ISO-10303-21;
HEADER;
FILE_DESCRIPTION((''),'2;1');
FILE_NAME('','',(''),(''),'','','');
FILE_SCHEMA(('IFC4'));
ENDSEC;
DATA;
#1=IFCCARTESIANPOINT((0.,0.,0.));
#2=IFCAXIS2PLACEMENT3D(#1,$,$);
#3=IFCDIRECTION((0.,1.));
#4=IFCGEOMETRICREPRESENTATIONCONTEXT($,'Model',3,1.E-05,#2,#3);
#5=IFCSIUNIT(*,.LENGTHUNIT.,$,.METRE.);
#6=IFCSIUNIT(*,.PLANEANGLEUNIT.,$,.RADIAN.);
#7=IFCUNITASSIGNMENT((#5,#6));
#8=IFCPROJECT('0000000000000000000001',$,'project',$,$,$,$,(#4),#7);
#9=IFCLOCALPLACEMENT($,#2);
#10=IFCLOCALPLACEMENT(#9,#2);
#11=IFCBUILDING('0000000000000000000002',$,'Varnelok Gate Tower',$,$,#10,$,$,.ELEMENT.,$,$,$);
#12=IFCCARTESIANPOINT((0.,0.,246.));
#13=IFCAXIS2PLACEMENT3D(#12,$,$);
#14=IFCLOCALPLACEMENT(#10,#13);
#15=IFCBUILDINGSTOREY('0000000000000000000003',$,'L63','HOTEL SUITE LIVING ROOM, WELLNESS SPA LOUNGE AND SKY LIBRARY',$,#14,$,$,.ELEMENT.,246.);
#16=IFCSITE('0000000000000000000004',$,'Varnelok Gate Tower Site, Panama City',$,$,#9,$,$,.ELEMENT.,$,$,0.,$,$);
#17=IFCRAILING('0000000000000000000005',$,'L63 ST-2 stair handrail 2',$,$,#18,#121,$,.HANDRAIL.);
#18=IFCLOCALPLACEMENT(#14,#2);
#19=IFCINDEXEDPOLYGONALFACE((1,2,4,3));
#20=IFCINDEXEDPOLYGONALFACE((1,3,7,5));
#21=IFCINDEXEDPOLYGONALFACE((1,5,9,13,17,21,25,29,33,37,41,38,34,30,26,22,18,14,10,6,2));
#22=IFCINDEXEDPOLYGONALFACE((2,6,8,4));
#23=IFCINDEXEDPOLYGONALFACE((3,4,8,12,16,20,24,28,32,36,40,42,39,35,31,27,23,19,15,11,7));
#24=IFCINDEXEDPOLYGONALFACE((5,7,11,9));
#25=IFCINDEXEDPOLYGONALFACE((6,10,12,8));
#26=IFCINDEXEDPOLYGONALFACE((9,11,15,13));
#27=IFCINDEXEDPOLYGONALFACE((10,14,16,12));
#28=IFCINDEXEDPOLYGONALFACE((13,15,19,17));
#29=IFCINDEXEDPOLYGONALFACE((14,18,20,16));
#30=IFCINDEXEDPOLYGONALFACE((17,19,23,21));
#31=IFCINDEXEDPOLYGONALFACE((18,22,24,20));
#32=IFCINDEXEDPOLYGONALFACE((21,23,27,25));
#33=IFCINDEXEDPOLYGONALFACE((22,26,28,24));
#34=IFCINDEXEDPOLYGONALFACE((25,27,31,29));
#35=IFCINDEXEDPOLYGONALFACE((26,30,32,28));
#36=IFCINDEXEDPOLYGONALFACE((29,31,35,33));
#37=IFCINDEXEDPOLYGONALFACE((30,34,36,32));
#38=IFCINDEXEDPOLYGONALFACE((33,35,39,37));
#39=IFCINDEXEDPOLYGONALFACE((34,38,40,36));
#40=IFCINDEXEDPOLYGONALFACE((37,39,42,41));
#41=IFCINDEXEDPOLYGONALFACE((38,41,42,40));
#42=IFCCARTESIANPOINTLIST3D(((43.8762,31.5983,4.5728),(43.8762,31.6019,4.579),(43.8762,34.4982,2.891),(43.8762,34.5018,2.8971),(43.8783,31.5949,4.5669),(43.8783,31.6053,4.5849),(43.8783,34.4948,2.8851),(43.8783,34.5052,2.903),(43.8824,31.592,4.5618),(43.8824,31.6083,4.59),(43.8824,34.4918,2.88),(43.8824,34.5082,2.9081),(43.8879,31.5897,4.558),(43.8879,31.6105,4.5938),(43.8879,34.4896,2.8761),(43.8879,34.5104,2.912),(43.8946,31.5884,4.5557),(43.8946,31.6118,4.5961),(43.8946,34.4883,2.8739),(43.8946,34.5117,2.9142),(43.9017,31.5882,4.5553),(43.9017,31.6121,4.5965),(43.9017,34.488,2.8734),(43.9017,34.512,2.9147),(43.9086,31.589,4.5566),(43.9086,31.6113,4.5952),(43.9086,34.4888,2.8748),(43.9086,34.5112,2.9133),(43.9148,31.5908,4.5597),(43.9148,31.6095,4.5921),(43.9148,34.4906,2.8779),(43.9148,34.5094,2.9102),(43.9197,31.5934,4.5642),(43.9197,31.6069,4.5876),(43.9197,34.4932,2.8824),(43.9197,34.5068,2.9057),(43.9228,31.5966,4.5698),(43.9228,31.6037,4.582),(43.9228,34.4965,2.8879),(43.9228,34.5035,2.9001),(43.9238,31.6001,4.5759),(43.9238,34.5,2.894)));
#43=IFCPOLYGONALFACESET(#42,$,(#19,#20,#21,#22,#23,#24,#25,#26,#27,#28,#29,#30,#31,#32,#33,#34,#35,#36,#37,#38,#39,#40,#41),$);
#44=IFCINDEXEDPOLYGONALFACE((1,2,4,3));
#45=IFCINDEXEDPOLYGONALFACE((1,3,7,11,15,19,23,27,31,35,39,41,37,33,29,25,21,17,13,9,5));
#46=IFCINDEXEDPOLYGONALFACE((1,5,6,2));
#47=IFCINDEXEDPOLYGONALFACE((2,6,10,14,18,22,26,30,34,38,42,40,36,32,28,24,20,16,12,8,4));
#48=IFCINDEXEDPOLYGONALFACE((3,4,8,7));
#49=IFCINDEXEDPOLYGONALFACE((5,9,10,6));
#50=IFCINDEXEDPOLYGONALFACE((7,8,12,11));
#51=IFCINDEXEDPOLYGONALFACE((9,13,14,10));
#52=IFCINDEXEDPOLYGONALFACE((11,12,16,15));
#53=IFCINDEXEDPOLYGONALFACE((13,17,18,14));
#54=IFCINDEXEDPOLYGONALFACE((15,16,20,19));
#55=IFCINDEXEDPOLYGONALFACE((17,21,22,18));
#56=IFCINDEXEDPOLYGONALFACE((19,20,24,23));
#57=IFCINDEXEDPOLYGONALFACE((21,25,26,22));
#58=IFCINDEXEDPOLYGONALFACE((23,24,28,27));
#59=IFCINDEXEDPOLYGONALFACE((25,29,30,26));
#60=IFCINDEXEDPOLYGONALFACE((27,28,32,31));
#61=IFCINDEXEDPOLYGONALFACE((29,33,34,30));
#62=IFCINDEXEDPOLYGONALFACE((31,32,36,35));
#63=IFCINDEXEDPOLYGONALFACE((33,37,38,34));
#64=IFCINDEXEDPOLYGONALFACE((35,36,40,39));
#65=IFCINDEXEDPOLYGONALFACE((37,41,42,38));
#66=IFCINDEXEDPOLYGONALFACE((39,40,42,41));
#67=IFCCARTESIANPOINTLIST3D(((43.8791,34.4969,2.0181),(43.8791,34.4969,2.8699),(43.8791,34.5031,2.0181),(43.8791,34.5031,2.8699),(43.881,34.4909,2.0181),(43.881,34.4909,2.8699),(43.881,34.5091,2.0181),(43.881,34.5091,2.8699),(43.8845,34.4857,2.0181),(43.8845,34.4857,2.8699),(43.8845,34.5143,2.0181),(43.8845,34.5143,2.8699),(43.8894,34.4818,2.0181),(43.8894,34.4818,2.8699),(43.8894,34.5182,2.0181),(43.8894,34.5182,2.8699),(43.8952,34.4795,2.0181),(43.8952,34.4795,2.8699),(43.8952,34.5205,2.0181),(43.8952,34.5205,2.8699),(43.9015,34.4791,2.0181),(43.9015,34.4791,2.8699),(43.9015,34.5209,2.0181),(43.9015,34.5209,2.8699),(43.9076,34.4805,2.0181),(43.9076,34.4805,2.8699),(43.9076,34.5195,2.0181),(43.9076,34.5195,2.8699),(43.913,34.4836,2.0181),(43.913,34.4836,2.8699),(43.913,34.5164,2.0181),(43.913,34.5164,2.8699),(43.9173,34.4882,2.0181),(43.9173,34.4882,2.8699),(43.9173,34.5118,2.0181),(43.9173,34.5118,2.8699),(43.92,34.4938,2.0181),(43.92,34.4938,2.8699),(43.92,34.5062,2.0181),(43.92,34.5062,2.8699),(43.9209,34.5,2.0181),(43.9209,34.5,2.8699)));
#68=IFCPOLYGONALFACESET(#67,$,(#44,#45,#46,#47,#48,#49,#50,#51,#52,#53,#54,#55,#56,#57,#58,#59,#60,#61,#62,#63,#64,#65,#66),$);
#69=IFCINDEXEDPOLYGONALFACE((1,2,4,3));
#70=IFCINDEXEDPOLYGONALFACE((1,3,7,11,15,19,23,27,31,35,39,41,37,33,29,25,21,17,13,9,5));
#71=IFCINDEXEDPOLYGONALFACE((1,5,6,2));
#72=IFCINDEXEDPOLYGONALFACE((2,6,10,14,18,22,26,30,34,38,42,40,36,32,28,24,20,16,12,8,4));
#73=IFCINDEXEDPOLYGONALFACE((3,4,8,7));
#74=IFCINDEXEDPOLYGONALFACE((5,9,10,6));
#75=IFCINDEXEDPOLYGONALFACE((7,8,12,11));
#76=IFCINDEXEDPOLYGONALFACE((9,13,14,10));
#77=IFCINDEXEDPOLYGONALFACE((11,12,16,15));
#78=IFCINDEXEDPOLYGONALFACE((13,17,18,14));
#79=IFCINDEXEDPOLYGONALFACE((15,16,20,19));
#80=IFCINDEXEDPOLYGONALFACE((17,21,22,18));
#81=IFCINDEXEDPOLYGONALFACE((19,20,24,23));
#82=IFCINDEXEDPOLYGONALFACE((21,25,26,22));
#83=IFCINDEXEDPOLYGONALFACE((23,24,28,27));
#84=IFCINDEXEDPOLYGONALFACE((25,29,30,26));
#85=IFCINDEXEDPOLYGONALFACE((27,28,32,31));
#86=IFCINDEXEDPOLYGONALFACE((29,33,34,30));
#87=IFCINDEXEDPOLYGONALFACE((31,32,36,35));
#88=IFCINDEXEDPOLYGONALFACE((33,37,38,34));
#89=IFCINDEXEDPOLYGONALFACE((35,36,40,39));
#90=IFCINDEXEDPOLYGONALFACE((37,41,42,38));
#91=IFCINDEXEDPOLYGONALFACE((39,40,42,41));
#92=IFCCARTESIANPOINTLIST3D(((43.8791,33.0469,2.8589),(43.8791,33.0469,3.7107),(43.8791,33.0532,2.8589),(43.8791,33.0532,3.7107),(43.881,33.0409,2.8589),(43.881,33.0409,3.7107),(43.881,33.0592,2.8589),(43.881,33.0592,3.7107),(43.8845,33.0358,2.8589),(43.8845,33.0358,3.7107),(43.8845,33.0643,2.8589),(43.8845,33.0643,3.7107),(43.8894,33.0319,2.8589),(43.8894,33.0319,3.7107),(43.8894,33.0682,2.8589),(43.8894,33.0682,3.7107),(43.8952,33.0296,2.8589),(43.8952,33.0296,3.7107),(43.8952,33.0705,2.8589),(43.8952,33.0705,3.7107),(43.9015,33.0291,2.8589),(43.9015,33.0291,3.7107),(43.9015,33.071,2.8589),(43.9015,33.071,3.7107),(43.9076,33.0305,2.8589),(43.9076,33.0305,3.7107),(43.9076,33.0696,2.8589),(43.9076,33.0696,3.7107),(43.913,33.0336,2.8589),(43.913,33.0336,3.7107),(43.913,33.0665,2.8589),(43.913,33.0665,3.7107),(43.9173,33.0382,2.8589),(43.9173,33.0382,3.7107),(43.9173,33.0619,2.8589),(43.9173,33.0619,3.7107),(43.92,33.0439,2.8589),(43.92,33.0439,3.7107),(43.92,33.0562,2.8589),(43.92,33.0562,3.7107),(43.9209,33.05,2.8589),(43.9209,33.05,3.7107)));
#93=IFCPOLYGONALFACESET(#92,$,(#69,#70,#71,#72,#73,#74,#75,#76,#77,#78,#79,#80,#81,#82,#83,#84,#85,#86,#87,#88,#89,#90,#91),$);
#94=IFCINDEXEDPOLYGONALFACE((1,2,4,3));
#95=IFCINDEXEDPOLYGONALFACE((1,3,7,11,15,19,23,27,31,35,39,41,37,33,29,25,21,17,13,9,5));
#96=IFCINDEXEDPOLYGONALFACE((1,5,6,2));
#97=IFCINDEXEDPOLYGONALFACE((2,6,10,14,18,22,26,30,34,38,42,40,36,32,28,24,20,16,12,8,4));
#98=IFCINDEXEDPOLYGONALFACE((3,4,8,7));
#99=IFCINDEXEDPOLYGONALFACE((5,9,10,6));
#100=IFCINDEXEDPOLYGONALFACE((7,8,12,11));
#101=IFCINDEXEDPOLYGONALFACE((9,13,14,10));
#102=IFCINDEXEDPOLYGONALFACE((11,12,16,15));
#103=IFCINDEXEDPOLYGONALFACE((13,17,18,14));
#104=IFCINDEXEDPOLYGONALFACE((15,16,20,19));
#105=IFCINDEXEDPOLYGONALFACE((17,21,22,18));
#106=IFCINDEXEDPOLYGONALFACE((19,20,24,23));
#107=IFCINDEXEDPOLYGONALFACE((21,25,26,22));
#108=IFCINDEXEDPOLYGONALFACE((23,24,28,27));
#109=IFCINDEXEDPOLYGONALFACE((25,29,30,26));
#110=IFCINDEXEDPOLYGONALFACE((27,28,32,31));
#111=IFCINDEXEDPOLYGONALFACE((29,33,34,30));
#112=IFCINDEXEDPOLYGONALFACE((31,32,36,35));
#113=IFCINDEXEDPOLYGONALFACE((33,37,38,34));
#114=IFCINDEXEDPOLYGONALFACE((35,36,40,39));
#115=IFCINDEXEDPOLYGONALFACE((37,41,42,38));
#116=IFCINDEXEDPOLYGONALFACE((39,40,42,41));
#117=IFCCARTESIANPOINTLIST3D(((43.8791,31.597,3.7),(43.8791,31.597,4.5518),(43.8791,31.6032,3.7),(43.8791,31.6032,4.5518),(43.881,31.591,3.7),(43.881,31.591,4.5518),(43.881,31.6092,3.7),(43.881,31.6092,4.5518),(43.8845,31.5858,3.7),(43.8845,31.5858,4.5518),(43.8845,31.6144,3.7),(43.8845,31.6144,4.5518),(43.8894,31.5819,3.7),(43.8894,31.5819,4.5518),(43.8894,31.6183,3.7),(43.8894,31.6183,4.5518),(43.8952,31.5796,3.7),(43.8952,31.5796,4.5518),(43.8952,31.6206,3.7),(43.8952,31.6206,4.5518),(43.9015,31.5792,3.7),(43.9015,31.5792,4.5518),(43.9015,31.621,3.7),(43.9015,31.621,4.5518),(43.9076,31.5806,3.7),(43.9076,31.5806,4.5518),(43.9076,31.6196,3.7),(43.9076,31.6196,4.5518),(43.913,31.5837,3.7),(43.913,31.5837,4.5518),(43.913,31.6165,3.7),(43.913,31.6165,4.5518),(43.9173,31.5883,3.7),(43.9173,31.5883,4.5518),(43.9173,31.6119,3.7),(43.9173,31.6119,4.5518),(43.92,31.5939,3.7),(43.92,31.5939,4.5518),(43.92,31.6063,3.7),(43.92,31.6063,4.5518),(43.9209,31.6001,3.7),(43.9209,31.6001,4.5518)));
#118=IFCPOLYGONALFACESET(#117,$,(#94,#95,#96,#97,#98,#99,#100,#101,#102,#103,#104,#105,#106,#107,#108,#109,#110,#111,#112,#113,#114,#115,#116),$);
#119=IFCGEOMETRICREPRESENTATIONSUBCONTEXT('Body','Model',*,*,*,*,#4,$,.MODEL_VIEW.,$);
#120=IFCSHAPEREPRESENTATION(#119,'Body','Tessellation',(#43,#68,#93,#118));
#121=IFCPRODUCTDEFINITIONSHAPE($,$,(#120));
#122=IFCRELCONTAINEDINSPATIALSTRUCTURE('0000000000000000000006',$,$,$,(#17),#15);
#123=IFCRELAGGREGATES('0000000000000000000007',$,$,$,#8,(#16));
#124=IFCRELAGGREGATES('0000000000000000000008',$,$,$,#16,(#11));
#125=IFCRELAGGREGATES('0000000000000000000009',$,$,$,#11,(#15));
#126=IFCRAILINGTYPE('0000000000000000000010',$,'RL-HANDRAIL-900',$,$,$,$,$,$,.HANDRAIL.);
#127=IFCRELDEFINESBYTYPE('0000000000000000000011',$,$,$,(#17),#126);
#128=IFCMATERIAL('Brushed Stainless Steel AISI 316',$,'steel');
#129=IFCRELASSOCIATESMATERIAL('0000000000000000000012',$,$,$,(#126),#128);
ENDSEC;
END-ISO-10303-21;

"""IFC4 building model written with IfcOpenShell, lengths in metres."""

from ifc_helpers import new_model, si_unit, direction, frame, origin, origin_2d, place, context, subcontext, project, spatial, circle, extrude, material, type_object, element, save


model = new_model("IFC4")

# Units and contexts
model_context = context("Model", 3, precision=1e-05, world=origin(), true_north=direction((0.0, 1.0)))
body_context = subcontext(model_context, "Body", "Model", "MODEL_VIEW")
ifc_project = project(units=[si_unit("LENGTHUNIT", "METRE"), si_unit("PLANEANGLEUNIT", "RADIAN")], contexts=[model_context])

# Site, building, storey
site_placement = place(None, origin())
site = spatial("IfcSite", under=ifc_project, at=site_placement, Name="Varnelok Gate Tower Site, Panama City", CompositionType="ELEMENT", RefElevation=0.0)
building_placement = place(site_placement, origin())
building = spatial("IfcBuilding", under=site, at=building_placement, Name="Varnelok Gate Tower", CompositionType="ELEMENT")
storey_placement = place(building_placement, frame((0.0, 0.0, 246.0)))
storey = spatial("IfcBuildingStorey", under=building, at=storey_placement, Name="L63", Description="HOTEL SUITE LIVING ROOM, WELLNESS SPA LOUNGE AND SKY LIBRARY", CompositionType="ELEMENT", Elevation=246.0)

# Railing
ifc_material_1 = material(Name="Brushed Stainless Steel AISI 316", Category="steel")
railing_type_1 = type_object("IfcRailingType", Name="RL-HANDRAIL-900", PredefinedType="HANDRAIL", material=ifc_material_1)
railing_1_placement = place(storey_placement, frame((43.8999, 34.5, 2.0181)))
element("IfcRailing", 1, at=railing_1_placement, inside=storey, type_object=railing_type_1, Name="L63 ST-2 stair handrail 2", PredefinedType="HANDRAIL", context=body_context, shape_type="SweptSolid", body=[
    extrude(circle(Radius=0.0239, at=origin_2d()), frame((0.0, 0.0, 0.876), z_axis=(0.0, -0.865039, 0.501705), x_axis=(1.0, 0.0, 0.0)), (0.0, 0.0, 1.0), 3.3523),
    extrude(circle(Radius=0.021, at=origin_2d()), origin(), (0.0, 0.0, 1.0), 0.8518),
    extrude(circle(Radius=0.021, at=origin_2d()), frame((0.0, -1.45, 0.8408)), (0.0, 0.0, 1.0), 0.8518),
    extrude(circle(Radius=0.021, at=origin_2d()), frame((0.0, -2.8999, 1.6819)), (0.0, 0.0, 1.0), 0.8518),
])

save(model, "model.ifc")
